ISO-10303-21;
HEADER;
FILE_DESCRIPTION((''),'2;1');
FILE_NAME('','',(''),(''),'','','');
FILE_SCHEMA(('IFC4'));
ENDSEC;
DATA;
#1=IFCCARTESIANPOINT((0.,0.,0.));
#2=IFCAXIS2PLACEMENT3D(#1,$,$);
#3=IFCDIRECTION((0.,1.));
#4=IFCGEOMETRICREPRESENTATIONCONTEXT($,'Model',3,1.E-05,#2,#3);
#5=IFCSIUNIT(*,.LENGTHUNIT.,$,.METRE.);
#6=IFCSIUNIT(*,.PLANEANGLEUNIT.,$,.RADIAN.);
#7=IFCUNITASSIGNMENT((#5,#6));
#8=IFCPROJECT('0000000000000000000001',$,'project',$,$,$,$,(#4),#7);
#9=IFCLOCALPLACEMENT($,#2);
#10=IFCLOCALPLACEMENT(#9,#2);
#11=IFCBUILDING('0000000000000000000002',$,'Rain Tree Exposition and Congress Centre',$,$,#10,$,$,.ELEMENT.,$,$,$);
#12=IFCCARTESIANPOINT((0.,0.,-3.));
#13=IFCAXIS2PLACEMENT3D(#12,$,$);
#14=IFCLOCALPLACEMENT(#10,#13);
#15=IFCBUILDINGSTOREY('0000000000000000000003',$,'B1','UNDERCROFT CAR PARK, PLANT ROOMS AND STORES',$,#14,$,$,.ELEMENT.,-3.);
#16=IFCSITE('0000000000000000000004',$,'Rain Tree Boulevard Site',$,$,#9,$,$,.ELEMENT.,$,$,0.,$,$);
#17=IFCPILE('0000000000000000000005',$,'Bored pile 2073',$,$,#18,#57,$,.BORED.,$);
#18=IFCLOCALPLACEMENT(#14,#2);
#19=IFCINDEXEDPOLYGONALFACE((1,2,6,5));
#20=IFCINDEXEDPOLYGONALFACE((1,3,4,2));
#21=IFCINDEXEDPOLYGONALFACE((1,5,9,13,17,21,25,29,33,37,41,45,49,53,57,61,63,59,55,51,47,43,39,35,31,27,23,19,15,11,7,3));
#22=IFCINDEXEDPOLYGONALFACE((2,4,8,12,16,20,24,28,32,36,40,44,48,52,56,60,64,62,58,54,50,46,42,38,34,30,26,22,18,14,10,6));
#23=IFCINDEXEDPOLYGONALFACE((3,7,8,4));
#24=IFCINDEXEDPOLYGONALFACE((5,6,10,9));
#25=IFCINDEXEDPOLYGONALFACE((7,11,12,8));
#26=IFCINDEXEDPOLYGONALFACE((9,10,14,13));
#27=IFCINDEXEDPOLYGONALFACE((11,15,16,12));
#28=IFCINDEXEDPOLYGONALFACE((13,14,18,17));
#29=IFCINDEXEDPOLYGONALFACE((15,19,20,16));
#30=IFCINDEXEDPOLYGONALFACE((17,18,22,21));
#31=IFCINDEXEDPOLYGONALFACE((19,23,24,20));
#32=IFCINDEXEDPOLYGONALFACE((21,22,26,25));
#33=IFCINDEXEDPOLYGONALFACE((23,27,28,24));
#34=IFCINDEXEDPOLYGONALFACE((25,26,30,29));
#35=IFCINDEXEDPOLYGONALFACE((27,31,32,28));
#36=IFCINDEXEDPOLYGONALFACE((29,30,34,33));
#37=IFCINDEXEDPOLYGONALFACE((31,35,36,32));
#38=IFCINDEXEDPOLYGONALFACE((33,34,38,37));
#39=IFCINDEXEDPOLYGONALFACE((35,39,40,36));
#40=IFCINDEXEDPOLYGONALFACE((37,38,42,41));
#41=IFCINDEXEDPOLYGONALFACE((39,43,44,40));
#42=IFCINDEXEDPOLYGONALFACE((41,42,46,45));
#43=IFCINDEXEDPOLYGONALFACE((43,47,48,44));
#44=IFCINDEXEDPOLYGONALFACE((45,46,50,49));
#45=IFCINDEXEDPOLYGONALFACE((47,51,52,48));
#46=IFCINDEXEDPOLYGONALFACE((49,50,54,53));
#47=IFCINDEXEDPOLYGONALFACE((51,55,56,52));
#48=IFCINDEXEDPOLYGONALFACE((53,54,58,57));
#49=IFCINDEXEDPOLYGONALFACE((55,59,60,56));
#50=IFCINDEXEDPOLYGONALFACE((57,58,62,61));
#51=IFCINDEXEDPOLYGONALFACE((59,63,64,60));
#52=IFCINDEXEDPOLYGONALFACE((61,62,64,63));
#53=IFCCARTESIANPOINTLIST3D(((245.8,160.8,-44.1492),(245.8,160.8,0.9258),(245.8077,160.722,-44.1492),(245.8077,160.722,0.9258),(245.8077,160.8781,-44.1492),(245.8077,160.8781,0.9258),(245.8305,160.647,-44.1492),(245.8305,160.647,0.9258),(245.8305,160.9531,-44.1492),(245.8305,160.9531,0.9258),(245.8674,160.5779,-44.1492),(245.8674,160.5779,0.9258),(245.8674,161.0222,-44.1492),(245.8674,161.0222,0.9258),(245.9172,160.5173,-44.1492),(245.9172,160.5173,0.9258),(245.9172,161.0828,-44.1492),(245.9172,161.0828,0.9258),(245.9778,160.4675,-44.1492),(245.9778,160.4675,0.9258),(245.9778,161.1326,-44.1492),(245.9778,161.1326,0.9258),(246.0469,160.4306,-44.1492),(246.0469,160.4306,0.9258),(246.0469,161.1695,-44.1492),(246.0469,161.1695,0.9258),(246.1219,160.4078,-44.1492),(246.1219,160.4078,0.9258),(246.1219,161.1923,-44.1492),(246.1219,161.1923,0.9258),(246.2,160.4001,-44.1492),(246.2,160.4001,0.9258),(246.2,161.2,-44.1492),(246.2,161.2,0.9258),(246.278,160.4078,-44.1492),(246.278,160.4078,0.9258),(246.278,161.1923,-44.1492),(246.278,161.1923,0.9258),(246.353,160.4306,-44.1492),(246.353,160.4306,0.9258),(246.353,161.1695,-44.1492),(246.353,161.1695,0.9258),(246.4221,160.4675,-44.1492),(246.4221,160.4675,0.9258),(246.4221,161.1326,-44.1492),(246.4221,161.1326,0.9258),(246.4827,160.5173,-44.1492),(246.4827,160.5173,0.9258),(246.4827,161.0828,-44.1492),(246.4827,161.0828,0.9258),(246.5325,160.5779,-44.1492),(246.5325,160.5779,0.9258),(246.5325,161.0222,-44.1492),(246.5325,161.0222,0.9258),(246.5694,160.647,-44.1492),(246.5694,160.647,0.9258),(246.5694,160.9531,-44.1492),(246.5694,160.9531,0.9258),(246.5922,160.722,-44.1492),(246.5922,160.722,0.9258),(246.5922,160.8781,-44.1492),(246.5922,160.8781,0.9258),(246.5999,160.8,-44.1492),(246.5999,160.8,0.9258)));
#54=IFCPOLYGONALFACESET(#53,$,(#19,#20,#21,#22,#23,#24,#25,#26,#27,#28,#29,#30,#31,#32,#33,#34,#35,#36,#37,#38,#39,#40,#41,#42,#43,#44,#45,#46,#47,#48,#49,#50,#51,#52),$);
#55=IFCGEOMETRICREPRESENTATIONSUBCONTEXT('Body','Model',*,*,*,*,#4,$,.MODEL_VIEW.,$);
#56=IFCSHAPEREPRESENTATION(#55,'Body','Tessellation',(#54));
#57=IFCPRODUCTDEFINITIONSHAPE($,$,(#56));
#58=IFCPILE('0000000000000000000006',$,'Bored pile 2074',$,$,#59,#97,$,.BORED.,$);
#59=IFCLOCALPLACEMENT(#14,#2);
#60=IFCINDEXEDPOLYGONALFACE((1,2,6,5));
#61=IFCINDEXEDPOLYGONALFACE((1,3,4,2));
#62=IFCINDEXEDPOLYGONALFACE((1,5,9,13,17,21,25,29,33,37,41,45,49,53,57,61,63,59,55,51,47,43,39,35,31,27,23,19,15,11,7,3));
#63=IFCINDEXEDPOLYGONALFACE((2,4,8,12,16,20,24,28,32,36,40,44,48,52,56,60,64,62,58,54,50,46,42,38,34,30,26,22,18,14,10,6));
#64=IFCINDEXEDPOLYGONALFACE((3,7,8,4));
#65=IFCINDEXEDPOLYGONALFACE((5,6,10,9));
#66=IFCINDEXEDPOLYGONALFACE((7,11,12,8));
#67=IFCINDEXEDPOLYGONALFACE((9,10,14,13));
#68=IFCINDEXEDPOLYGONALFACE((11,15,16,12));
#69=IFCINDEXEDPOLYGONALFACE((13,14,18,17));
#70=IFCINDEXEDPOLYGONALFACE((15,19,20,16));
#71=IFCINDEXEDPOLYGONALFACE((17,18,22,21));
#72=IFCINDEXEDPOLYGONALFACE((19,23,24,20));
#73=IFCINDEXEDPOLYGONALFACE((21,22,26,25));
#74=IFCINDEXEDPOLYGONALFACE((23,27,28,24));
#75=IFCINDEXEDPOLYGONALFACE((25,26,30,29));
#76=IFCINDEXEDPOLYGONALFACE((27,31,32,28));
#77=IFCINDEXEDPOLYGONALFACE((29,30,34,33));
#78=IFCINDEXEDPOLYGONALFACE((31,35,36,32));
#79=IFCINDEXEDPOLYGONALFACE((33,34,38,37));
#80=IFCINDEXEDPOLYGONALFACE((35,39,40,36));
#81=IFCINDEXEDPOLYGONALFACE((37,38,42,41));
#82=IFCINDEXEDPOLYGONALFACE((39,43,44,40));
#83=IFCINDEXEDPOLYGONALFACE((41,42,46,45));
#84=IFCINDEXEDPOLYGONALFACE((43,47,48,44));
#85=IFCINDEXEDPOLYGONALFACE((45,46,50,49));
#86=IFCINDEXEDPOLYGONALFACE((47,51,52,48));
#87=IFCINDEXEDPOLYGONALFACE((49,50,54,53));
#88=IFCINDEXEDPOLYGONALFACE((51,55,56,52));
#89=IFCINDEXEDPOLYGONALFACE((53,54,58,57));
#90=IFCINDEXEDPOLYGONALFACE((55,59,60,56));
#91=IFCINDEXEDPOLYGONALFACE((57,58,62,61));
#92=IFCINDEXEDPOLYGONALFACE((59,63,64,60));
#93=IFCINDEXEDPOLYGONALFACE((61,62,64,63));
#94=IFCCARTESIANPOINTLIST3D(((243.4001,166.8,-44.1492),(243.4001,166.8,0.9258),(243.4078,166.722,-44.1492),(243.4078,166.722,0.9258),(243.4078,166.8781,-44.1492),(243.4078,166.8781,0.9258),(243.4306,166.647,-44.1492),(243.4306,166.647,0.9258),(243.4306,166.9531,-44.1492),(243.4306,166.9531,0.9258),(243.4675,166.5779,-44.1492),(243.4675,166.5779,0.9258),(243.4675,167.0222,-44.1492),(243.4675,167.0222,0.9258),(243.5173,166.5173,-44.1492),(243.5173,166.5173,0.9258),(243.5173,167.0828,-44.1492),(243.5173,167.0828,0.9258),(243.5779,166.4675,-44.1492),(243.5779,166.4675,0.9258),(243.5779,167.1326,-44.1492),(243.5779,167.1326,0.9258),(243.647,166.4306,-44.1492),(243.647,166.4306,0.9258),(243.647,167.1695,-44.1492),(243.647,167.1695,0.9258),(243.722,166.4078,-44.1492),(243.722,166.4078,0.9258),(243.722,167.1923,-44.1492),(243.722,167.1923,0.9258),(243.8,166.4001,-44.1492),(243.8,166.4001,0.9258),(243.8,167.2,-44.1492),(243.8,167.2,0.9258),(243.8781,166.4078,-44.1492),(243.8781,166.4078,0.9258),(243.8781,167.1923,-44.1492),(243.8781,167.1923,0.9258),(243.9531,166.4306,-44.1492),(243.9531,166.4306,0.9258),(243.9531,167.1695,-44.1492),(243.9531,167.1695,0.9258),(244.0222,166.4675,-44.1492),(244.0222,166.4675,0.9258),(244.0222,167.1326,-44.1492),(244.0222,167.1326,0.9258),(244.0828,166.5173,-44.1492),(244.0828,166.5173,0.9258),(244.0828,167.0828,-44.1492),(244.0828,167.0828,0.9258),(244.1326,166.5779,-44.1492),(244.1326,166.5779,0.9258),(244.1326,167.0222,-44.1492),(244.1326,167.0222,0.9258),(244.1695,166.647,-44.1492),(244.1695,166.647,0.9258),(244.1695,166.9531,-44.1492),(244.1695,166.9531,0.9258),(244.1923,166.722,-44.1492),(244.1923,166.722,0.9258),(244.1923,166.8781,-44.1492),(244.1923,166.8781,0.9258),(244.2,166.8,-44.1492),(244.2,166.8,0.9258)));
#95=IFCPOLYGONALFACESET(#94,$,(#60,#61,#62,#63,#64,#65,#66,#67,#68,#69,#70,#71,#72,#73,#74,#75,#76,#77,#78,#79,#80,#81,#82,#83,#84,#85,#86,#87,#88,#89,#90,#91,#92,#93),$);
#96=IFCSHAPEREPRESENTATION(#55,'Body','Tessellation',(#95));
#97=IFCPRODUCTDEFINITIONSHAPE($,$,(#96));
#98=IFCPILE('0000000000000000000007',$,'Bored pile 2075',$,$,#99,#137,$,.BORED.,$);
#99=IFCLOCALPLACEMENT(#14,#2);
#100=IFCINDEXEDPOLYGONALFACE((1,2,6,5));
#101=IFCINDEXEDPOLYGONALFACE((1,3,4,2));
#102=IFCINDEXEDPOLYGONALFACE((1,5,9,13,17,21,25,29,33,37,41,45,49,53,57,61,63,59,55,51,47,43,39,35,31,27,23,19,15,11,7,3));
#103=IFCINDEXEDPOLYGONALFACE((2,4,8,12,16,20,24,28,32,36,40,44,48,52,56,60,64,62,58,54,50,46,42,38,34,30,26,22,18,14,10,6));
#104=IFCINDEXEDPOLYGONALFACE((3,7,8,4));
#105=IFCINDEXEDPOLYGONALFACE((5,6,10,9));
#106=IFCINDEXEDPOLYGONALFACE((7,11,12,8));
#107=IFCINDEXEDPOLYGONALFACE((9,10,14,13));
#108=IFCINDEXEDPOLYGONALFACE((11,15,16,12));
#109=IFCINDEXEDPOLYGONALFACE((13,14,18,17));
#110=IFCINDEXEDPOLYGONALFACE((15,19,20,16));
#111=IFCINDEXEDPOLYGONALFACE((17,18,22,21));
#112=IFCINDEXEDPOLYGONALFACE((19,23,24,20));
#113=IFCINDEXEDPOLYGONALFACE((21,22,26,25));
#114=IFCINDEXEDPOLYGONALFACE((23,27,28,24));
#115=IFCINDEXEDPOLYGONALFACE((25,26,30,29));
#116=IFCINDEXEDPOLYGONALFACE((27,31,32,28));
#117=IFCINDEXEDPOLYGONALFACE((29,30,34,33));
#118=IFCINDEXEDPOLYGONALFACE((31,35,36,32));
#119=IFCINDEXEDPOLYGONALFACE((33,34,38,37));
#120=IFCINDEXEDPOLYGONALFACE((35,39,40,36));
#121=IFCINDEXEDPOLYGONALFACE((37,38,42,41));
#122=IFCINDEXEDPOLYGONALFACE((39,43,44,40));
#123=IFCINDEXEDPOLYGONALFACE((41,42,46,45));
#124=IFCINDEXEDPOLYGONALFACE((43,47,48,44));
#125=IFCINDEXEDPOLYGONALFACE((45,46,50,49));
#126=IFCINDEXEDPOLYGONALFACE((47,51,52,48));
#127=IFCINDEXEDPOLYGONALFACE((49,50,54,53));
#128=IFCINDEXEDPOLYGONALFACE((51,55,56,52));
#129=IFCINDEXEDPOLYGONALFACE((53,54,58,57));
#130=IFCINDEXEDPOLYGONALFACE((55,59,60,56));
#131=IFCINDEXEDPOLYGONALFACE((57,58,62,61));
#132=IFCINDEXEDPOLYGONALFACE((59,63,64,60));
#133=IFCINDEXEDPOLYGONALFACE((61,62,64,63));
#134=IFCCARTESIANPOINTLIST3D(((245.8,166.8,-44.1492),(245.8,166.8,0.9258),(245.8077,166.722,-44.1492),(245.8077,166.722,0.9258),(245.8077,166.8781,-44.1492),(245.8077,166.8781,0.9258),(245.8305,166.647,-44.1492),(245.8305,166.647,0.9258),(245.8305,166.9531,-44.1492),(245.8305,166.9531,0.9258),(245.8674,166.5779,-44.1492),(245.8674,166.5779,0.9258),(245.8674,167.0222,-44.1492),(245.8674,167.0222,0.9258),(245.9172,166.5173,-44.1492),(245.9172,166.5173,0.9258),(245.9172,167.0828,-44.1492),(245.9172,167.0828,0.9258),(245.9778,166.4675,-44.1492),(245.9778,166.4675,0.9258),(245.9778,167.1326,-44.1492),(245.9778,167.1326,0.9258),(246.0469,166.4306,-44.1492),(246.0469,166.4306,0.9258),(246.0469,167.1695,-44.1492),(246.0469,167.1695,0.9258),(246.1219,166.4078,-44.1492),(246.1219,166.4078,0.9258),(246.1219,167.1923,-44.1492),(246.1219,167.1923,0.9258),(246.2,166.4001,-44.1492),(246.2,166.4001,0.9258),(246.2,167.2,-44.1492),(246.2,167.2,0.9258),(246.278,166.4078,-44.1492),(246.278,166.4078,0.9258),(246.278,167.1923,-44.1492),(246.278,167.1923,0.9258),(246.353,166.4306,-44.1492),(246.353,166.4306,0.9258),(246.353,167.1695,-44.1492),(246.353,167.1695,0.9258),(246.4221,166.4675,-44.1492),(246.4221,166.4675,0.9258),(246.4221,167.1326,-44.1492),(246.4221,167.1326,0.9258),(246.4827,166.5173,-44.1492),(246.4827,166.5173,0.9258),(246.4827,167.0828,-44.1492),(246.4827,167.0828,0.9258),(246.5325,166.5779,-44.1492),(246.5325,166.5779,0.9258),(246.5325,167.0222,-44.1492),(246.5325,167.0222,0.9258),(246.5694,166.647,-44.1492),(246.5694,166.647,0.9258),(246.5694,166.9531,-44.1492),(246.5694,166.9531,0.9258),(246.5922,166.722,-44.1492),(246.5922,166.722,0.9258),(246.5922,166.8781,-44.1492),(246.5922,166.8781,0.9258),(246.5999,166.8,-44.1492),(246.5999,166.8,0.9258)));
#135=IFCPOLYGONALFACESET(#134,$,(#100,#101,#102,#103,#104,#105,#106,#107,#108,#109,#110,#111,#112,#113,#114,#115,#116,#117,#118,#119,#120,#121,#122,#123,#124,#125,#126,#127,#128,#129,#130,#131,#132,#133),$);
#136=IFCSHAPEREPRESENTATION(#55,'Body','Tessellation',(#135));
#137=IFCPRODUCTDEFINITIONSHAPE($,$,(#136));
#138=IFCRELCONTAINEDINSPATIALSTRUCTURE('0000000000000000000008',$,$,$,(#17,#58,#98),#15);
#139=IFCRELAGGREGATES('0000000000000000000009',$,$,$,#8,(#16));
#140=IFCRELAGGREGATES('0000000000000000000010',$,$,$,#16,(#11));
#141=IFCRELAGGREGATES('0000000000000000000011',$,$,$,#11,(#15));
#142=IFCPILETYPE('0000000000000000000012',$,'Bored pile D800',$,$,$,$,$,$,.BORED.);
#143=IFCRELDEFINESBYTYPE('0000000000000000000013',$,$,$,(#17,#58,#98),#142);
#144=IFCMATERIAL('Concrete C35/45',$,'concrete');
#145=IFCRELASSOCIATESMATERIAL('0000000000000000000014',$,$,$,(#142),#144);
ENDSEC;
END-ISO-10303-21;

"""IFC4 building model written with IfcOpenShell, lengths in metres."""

from ifc_helpers import new_model, si_unit, direction, frame, origin, origin_2d, place, context, subcontext, project, spatial, circle, extrude, material, material_profile, profile_set, type_object, element, save


model = new_model("IFC4")

# Units and contexts
model_context = context("Model", 3, precision=1e-05, world=origin(), true_north=direction((0.0, 1.0)))
body_context = subcontext(model_context, "Body", "Model", "MODEL_VIEW")
ifc_project = project(units=[si_unit("LENGTHUNIT", "METRE"), si_unit("PLANEANGLEUNIT", "RADIAN")], contexts=[model_context])

# Site, building, storey
site_placement = place(None, origin())
site = spatial("IfcSite", under=ifc_project, at=site_placement, Name="Rain Tree Boulevard Site", CompositionType="ELEMENT", RefElevation=0.0)
building_placement = place(site_placement, origin())
building = spatial("IfcBuilding", under=site, at=building_placement, Name="Rain Tree Exposition and Congress Centre", CompositionType="ELEMENT")
storey_placement = place(building_placement, frame((0.0, 0.0, -3.0)))
storey = spatial("IfcBuildingStorey", under=building, at=storey_placement, Name="B1", Description="UNDERCROFT CAR PARK, PLANT ROOMS AND STORES", CompositionType="ELEMENT", Elevation=-3.0)

# Piles
ifc_material_1 = material(Name="Concrete C35/45", Category="concrete")
ifc_material_profile_1 = material_profile(ifc_material_1, circle(Radius=0.3999, at=origin_2d()), Name="D800")
ifc_profile_set_1 = profile_set([ifc_material_profile_1], Name="Concrete C35/45")
pile_type_1 = type_object("IfcPileType", Name="Bored pile D800", PredefinedType="BORED", material=ifc_profile_set_1)
for number, where, z_axis, x_axis, name in (
    (1, (246.2, 160.8, 0.9258), (0.0, 0.0, -1.0), (1.0, 0.0, 0.0), "Bored pile 2073"),
    (2, (243.8, 166.8, 0.9258), (0.0, 0.0, -1.0), (1.0, 0.0, 0.0), "Bored pile 2074"),
    (3, (246.2, 166.8, 0.9258), (0.0, 0.0, -1.0), (1.0, 0.0, 0.0), "Bored pile 2075"),
):
    element("IfcPile", number, at=place(storey_placement, frame(where, z_axis=z_axis, x_axis=x_axis)), inside=storey, type_object=pile_type_1, Name=name, PredefinedType="BORED", context=body_context, shape_type="SweptSolid", body=[
        extrude(circle(Radius=0.3999, at=origin_2d()), origin(), (0.0, 0.0, 1.0), 45.075),
    ])

save(model, "model.ifc")
